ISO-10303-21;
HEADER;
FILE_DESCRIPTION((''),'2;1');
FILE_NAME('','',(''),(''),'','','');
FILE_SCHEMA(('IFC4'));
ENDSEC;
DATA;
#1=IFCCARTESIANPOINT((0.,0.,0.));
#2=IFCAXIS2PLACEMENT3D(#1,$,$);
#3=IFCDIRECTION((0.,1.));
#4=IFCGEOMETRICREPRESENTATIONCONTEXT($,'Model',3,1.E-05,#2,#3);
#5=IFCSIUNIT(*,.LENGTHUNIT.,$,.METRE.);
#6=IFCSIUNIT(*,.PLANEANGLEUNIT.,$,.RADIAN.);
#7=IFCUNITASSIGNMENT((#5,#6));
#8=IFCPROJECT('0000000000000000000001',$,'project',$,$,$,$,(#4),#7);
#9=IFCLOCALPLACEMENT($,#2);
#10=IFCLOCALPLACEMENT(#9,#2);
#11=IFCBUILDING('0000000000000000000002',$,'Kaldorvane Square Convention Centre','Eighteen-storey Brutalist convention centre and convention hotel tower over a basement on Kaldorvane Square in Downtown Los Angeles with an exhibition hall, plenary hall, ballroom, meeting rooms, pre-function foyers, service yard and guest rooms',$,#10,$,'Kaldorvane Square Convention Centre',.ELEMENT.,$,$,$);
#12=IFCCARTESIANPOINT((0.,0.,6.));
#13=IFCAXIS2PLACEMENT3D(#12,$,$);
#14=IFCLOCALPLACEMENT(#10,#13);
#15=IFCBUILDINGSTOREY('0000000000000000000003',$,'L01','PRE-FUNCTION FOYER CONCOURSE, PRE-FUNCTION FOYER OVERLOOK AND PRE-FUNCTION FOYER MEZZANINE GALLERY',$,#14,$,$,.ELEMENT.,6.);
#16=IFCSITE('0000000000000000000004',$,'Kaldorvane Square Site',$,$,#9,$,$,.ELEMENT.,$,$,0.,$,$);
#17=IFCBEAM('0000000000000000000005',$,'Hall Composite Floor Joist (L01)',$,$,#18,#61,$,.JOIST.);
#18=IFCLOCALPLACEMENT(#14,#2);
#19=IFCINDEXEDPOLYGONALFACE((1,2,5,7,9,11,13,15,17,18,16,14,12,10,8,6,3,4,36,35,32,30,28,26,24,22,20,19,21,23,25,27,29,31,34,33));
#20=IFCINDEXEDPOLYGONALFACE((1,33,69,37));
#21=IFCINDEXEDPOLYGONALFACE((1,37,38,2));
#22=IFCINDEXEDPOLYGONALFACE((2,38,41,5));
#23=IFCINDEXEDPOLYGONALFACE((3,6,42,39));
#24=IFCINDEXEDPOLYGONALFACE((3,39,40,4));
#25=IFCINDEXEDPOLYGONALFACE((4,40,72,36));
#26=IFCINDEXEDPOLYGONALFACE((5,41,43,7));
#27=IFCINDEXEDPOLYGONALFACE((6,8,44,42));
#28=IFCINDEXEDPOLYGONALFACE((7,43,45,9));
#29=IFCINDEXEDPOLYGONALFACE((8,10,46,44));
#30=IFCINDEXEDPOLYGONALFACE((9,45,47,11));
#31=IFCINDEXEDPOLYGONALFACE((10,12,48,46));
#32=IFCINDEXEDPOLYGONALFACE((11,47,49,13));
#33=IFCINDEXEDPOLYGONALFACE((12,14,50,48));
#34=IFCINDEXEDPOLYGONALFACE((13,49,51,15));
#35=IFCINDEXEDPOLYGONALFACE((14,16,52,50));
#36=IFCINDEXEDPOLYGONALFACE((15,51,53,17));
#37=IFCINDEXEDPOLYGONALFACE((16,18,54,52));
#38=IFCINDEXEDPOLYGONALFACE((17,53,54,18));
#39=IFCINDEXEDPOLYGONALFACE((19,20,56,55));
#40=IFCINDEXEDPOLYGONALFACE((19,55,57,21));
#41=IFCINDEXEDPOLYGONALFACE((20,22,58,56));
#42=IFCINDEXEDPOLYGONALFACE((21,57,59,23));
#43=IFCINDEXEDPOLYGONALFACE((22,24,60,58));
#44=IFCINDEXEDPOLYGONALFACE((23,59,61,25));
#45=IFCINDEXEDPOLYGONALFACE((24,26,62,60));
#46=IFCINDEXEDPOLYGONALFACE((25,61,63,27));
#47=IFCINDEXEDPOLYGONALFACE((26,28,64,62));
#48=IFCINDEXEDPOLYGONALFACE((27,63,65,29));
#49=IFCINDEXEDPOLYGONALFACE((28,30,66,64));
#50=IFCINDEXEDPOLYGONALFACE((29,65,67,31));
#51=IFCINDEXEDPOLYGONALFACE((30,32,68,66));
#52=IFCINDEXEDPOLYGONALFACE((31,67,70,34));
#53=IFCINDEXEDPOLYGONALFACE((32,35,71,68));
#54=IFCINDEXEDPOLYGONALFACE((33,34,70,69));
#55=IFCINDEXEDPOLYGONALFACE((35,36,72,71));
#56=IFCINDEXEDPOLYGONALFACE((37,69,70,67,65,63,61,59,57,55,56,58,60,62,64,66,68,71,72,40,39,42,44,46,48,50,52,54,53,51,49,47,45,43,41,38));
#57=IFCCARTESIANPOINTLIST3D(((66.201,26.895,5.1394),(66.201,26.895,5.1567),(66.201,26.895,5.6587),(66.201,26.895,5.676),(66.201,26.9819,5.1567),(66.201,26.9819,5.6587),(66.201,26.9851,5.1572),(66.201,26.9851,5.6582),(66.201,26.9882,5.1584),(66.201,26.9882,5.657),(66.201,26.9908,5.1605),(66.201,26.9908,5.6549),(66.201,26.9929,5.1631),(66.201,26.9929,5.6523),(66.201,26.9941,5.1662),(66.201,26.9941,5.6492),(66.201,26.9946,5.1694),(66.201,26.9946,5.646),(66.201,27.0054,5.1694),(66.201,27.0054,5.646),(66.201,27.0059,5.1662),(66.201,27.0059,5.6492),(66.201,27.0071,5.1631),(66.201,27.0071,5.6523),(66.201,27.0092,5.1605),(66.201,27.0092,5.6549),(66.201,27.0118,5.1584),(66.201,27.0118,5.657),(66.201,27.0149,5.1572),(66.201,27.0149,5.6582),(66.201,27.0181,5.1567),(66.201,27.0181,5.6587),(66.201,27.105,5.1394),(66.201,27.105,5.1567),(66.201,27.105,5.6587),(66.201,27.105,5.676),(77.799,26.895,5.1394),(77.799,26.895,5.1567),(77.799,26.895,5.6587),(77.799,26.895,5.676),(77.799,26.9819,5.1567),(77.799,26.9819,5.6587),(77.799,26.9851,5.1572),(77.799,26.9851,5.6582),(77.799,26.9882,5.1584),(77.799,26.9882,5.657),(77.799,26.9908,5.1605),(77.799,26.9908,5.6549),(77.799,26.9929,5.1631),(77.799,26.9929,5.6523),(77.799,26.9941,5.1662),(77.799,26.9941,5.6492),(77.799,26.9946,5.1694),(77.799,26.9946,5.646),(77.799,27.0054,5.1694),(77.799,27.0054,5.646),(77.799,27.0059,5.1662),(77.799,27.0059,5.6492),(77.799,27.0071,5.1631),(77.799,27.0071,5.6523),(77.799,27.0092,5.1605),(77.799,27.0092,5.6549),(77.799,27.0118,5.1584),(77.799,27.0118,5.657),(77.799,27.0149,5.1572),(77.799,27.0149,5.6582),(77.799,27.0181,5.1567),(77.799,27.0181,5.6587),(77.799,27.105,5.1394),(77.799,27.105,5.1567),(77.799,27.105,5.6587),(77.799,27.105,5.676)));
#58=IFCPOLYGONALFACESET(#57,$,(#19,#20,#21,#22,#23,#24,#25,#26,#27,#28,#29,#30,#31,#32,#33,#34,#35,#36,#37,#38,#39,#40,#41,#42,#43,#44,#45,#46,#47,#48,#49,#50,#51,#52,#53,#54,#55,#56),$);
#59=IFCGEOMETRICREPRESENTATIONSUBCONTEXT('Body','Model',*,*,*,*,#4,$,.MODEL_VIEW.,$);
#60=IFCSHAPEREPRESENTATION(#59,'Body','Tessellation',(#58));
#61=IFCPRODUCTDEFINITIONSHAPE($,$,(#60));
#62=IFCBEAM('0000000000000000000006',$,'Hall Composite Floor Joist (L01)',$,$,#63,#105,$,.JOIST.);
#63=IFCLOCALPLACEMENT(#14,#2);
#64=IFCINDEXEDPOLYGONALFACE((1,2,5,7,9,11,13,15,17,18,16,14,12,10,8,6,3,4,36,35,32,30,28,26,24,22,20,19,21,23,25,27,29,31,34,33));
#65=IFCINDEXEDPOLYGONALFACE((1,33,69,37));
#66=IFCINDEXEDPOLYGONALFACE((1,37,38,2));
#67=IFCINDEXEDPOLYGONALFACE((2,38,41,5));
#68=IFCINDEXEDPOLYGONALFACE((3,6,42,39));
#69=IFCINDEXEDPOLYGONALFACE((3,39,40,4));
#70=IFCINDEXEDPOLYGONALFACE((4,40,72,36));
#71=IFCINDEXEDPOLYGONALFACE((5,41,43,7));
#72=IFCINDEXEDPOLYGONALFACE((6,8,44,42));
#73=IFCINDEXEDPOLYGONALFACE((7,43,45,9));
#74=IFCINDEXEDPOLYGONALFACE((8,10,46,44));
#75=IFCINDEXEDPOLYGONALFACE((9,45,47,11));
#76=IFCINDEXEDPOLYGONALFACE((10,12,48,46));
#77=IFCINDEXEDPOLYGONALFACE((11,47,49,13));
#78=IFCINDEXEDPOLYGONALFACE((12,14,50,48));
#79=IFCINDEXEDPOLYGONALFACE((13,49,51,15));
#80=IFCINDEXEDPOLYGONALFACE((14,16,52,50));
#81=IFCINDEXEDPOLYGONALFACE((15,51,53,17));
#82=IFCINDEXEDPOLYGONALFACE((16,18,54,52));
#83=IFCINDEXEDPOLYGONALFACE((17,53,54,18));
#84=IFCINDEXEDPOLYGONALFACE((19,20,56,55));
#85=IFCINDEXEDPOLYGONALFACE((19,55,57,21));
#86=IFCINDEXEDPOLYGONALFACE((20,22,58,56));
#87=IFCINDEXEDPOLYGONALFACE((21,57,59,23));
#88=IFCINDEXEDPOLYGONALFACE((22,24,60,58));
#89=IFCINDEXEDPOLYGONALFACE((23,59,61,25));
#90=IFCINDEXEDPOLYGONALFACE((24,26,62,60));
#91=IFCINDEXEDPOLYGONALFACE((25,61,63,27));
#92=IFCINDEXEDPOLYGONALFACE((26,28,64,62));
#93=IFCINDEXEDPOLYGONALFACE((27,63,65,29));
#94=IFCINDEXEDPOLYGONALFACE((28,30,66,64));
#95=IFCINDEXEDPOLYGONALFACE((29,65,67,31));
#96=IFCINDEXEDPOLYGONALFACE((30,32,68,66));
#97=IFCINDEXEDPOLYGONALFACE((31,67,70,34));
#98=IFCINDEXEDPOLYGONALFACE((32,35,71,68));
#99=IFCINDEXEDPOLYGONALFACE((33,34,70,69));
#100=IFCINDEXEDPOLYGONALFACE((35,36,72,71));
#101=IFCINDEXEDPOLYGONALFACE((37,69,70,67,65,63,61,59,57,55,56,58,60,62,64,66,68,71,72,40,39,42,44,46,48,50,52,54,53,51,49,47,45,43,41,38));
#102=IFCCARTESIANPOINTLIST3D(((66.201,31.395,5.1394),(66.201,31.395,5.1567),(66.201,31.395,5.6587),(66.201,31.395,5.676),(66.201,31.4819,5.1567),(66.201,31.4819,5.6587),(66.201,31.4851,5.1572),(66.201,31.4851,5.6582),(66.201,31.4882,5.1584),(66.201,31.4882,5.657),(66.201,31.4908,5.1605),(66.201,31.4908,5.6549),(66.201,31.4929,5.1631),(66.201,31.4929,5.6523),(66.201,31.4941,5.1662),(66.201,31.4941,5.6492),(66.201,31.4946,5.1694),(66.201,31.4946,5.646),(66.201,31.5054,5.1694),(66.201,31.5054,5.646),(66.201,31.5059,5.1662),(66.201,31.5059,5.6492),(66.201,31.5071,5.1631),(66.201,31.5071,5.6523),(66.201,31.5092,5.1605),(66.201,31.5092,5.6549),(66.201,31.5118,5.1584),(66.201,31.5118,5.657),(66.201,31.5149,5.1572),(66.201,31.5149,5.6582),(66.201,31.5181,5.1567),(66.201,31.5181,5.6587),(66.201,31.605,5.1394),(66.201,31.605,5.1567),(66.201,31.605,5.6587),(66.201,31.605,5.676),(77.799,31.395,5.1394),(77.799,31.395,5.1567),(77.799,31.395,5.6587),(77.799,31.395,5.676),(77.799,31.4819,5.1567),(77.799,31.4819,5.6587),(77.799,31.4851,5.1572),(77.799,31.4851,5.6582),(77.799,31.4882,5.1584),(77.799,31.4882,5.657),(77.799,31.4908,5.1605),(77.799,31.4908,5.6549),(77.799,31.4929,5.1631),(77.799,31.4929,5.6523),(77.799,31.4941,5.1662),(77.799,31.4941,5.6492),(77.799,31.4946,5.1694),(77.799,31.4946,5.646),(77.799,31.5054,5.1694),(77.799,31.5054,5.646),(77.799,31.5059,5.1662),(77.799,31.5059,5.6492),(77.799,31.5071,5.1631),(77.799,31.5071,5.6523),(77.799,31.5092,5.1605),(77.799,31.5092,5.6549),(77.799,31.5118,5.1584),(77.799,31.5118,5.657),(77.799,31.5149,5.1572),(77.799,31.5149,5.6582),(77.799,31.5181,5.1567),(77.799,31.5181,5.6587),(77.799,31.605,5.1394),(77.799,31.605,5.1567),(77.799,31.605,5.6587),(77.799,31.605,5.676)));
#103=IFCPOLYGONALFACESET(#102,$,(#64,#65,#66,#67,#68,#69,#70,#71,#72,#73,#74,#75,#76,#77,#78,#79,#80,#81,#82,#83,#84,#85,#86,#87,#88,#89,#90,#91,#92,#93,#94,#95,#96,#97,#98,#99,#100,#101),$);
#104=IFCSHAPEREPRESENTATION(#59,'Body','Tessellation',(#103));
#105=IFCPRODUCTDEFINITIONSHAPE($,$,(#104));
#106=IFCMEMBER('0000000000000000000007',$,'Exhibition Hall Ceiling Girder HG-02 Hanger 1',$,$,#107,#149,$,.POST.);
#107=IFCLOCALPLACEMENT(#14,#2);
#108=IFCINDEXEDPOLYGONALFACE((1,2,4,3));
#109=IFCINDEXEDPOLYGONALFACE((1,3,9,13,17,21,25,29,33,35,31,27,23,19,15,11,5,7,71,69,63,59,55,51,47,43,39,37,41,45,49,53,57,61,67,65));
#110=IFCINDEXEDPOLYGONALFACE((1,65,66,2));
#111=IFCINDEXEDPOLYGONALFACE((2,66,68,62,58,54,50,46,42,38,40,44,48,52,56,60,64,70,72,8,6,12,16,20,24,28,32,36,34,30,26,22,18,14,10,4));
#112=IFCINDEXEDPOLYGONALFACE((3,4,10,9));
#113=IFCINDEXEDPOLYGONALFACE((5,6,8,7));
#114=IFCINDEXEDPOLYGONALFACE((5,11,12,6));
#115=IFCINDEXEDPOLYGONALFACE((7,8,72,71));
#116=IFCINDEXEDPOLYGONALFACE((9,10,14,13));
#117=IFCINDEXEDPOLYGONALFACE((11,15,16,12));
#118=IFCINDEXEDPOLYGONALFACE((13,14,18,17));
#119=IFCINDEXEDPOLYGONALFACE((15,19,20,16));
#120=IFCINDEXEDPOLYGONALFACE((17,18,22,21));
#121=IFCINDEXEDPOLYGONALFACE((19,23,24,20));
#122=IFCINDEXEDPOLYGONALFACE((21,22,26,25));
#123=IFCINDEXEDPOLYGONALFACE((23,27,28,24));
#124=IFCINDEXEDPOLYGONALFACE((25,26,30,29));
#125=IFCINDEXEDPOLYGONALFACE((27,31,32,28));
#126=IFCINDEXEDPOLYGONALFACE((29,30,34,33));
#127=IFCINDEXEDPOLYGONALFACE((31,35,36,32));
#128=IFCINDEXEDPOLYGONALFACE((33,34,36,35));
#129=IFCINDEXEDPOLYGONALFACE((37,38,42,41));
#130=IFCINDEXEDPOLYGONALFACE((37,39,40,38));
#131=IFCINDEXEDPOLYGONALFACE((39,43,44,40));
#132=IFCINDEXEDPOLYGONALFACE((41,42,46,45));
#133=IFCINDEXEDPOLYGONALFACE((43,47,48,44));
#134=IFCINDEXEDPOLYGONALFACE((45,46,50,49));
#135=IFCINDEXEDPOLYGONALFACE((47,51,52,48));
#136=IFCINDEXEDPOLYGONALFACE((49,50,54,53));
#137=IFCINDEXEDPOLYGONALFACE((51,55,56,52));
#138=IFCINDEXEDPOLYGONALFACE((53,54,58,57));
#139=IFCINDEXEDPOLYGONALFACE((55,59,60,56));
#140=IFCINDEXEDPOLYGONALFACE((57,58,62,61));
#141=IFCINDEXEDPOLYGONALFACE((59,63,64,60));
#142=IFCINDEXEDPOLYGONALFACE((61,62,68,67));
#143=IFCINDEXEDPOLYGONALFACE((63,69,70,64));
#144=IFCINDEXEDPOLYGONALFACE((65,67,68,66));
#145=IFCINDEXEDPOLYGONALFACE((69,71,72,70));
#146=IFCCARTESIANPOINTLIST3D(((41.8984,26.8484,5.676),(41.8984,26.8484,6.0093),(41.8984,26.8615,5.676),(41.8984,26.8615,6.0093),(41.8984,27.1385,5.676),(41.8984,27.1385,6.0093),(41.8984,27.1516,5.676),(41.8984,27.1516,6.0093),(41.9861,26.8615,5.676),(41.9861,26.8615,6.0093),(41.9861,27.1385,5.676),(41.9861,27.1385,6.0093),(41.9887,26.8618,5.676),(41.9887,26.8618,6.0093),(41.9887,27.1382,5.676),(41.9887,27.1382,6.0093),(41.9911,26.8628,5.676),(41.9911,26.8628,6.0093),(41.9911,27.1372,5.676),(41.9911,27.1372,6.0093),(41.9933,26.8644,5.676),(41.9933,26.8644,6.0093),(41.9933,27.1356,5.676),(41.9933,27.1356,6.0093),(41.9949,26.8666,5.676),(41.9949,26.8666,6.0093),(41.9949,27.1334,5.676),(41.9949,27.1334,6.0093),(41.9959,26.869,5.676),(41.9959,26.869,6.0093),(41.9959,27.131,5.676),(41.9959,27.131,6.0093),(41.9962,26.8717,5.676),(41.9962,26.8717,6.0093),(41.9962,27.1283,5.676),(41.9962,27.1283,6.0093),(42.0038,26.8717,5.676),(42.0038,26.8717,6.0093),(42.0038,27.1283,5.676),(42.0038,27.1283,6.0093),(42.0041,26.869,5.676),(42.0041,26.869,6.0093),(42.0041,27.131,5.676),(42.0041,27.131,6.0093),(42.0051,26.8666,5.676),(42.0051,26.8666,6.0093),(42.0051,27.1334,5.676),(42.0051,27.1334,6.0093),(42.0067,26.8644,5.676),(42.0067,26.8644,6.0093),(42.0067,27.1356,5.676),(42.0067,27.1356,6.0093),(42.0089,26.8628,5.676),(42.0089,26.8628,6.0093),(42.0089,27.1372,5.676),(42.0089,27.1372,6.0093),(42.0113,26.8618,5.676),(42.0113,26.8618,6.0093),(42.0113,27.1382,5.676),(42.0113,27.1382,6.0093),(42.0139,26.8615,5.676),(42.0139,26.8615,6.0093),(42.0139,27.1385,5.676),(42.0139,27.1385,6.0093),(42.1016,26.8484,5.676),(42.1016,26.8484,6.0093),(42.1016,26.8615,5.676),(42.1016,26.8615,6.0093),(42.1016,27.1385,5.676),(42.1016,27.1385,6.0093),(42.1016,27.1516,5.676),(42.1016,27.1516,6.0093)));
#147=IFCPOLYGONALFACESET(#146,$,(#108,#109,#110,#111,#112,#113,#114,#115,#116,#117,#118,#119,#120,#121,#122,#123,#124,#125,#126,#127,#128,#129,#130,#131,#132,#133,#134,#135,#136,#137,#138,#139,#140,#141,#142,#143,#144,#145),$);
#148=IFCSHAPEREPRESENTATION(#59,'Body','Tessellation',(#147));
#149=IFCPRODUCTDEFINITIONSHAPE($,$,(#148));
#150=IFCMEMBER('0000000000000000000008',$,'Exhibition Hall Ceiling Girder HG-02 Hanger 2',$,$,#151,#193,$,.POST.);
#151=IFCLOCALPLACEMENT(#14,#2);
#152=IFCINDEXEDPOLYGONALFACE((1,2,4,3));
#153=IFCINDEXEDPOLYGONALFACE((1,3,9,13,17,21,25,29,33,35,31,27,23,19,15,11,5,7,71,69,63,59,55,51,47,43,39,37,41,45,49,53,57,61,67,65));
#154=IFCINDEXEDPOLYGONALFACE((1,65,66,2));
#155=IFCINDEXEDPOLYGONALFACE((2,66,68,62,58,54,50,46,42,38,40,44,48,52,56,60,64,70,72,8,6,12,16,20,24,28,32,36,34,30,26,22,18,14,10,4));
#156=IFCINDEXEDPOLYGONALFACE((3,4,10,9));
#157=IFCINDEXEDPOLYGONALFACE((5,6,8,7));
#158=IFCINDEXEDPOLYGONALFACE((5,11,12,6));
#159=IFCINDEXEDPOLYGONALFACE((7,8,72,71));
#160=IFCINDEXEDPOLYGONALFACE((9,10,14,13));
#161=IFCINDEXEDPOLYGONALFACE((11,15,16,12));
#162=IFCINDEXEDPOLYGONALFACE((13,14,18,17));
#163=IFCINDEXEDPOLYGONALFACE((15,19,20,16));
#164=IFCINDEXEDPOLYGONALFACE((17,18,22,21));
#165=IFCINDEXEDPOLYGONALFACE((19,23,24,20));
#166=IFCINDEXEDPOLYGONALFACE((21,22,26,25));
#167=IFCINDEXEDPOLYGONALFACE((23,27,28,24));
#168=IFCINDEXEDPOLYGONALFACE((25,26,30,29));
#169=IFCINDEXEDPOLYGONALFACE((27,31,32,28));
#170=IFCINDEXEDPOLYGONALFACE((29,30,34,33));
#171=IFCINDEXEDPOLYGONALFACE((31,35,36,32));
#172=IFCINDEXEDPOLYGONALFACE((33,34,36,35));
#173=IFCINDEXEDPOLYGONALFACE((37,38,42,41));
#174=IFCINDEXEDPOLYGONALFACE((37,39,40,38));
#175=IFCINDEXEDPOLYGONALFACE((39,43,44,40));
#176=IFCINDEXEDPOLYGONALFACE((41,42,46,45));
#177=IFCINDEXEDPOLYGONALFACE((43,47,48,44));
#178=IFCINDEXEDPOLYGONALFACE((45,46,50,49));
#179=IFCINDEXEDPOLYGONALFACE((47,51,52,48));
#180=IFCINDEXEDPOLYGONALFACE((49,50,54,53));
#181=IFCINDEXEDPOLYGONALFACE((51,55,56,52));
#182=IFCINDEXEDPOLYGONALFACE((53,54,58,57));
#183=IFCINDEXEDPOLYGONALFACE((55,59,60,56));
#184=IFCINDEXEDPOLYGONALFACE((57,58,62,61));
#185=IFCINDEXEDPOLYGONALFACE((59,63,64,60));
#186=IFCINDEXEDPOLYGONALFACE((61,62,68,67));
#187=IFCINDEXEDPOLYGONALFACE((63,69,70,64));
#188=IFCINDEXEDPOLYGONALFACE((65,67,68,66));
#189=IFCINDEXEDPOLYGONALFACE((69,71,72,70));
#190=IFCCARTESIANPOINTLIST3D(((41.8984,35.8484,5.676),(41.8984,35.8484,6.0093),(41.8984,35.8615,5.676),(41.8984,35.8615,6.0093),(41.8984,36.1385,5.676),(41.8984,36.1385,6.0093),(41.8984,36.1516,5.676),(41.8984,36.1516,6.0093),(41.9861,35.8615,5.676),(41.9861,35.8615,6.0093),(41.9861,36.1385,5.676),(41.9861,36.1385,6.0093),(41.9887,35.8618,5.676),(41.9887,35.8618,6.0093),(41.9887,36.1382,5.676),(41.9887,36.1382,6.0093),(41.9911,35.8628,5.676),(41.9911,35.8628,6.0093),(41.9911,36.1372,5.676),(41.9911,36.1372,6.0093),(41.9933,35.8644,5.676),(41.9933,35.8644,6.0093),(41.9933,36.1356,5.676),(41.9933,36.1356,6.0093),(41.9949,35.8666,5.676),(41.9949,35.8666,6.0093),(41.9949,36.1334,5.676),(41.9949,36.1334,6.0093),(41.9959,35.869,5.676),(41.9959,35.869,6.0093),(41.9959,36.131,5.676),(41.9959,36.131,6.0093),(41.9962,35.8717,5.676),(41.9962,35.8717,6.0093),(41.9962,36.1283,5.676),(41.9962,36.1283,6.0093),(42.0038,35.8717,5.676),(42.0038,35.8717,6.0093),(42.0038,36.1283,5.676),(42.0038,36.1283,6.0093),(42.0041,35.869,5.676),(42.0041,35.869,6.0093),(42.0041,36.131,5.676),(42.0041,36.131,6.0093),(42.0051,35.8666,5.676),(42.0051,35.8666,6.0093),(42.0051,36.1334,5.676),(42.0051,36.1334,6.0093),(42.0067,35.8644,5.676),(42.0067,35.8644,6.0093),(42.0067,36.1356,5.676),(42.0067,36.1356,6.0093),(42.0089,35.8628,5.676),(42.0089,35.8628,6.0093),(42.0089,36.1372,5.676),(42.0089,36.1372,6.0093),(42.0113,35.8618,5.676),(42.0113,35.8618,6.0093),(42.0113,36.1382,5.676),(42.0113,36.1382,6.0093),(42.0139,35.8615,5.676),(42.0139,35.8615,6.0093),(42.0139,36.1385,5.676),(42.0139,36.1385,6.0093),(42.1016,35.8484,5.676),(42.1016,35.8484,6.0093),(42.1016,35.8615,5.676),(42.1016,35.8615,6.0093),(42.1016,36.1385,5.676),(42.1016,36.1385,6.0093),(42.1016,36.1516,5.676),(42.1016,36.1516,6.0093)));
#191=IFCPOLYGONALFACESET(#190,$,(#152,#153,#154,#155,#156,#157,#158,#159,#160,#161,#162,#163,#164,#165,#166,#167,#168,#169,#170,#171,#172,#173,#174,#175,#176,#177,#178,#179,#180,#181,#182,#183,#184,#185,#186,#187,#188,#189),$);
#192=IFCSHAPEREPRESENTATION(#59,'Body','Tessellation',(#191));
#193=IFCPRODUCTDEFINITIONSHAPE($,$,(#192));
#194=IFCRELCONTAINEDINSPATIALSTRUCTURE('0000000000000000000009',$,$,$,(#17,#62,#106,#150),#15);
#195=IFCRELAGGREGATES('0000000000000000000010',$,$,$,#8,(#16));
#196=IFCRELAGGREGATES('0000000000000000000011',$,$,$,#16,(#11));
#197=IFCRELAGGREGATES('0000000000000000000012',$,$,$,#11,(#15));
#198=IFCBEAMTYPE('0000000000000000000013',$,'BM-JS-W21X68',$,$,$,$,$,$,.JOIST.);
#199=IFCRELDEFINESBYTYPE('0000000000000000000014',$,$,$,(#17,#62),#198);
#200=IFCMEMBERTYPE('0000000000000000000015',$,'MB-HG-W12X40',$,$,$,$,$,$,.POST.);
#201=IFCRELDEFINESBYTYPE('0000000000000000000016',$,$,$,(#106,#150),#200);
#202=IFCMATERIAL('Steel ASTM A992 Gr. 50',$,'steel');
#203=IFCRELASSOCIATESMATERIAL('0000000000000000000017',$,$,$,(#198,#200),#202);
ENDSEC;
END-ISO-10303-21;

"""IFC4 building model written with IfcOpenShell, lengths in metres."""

from ifc_helpers import new_model, si_unit, direction, frame, origin, origin_2d, place, context, subcontext, project, spatial, i_section, extrude, material, material_profile, profile_set, type_object, element, save


model = new_model("IFC4")

# Units and contexts
model_context = context("Model", 3, precision=1e-05, world=origin(), true_north=direction((0.0, 1.0)))
body_context = subcontext(model_context, "Body", "Model", "MODEL_VIEW")
ifc_project = project(units=[si_unit("LENGTHUNIT", "METRE"), si_unit("PLANEANGLEUNIT", "RADIAN")], contexts=[model_context])

# Site, building, storey
site_placement = place(None, origin())
site = spatial("IfcSite", under=ifc_project, at=site_placement, Name="Kaldorvane Square Site", CompositionType="ELEMENT", RefElevation=0.0)
building_placement = place(site_placement, origin())
building = spatial("IfcBuilding", under=site, at=building_placement, Name="Kaldorvane Square Convention Centre", Description="Eighteen-storey Brutalist convention centre and convention hotel tower over a basement on Kaldorvane Square in Downtown Los Angeles with an exhibition hall, plenary hall, ballroom, meeting rooms, pre-function foyers, service yard and guest rooms", LongName="Kaldorvane Square Convention Centre", CompositionType="ELEMENT")
storey_placement = place(building_placement, frame((0.0, 0.0, 6.0)))
storey = spatial("IfcBuildingStorey", under=building, at=storey_placement, Name="L01", Description="PRE-FUNCTION FOYER CONCOURSE, PRE-FUNCTION FOYER OVERLOOK AND PRE-FUNCTION FOYER MEZZANINE GALLERY", CompositionType="ELEMENT", Elevation=6.0)

# Beams
ifc_material = material(Name="Steel ASTM A992 Gr. 50", Category="steel")
ifc_material_profile_1 = material_profile(ifc_material, i_section(OverallWidth=0.2101, OverallDepth=0.5367, WebThickness=0.0109, FlangeThickness=0.0174, FilletRadius=0.0127, at=origin_2d()), Name="W21X68")
ifc_profile_set_1 = profile_set([ifc_material_profile_1], Name="Steel ASTM A992 Gr. 50")
beam_type_1 = type_object("IfcBeamType", Name="BM-JS-W21X68", PredefinedType="JOIST", material=ifc_profile_set_1)
for number, where, z_axis, x_axis, name in (
    (1, (66.201, 27.0, 5.4077), (1.0, 0.0, 0.0), (0.0, 1.0, 0.0), "Hall Composite Floor Joist (L01)"),
    (2, (66.201, 31.5, 5.4077), (1.0, 0.0, 0.0), (0.0, 1.0, 0.0), "Hall Composite Floor Joist (L01)"),
):
    element("IfcBeam", number, at=place(storey_placement, frame(where, z_axis=z_axis, x_axis=x_axis)), inside=storey, type_object=beam_type_1, Name=name, PredefinedType="JOIST", context=body_context, shape_type="SweptSolid", body=[
        extrude(i_section(OverallWidth=0.2101, OverallDepth=0.5367, WebThickness=0.0109, FlangeThickness=0.0174, FilletRadius=0.0127, at=origin_2d()), origin(), (0.0, 0.0, 1.0), 11.598),
    ])

# Members
ifc_material_profile_2 = material_profile(ifc_material, i_section(OverallWidth=0.2033, OverallDepth=0.3033, WebThickness=0.0075, FlangeThickness=0.0131, FilletRadius=0.0102, at=origin_2d()), Name="W12X40")
ifc_profile_set_2 = profile_set([ifc_material_profile_2], Name="Steel ASTM A992 Gr. 50")
member_type = type_object("IfcMemberType", Name="MB-HG-W12X40", PredefinedType="POST", material=ifc_profile_set_2)
for number, where, z_axis, x_axis, name in (
    (3, (42.0, 27.0, 5.676), (0.0, 0.0, 1.0), (1.0, 0.0, 0.0), "Exhibition Hall Ceiling Girder HG-02 Hanger 1"),
    (4, (42.0, 36.0, 5.676), (0.0, 0.0, 1.0), (1.0, 0.0, 0.0), "Exhibition Hall Ceiling Girder HG-02 Hanger 2"),
):
    element("IfcMember", number, at=place(storey_placement, frame(where, z_axis=z_axis, x_axis=x_axis)), inside=storey, type_object=member_type, Name=name, PredefinedType="POST", context=body_context, shape_type="SweptSolid", body=[
        extrude(i_section(OverallWidth=0.2033, OverallDepth=0.3033, WebThickness=0.0075, FlangeThickness=0.0131, FilletRadius=0.0102, at=origin_2d()), origin(), (0.0, 0.0, 1.0), 0.3333),
    ])

save(model, "model.ifc")
